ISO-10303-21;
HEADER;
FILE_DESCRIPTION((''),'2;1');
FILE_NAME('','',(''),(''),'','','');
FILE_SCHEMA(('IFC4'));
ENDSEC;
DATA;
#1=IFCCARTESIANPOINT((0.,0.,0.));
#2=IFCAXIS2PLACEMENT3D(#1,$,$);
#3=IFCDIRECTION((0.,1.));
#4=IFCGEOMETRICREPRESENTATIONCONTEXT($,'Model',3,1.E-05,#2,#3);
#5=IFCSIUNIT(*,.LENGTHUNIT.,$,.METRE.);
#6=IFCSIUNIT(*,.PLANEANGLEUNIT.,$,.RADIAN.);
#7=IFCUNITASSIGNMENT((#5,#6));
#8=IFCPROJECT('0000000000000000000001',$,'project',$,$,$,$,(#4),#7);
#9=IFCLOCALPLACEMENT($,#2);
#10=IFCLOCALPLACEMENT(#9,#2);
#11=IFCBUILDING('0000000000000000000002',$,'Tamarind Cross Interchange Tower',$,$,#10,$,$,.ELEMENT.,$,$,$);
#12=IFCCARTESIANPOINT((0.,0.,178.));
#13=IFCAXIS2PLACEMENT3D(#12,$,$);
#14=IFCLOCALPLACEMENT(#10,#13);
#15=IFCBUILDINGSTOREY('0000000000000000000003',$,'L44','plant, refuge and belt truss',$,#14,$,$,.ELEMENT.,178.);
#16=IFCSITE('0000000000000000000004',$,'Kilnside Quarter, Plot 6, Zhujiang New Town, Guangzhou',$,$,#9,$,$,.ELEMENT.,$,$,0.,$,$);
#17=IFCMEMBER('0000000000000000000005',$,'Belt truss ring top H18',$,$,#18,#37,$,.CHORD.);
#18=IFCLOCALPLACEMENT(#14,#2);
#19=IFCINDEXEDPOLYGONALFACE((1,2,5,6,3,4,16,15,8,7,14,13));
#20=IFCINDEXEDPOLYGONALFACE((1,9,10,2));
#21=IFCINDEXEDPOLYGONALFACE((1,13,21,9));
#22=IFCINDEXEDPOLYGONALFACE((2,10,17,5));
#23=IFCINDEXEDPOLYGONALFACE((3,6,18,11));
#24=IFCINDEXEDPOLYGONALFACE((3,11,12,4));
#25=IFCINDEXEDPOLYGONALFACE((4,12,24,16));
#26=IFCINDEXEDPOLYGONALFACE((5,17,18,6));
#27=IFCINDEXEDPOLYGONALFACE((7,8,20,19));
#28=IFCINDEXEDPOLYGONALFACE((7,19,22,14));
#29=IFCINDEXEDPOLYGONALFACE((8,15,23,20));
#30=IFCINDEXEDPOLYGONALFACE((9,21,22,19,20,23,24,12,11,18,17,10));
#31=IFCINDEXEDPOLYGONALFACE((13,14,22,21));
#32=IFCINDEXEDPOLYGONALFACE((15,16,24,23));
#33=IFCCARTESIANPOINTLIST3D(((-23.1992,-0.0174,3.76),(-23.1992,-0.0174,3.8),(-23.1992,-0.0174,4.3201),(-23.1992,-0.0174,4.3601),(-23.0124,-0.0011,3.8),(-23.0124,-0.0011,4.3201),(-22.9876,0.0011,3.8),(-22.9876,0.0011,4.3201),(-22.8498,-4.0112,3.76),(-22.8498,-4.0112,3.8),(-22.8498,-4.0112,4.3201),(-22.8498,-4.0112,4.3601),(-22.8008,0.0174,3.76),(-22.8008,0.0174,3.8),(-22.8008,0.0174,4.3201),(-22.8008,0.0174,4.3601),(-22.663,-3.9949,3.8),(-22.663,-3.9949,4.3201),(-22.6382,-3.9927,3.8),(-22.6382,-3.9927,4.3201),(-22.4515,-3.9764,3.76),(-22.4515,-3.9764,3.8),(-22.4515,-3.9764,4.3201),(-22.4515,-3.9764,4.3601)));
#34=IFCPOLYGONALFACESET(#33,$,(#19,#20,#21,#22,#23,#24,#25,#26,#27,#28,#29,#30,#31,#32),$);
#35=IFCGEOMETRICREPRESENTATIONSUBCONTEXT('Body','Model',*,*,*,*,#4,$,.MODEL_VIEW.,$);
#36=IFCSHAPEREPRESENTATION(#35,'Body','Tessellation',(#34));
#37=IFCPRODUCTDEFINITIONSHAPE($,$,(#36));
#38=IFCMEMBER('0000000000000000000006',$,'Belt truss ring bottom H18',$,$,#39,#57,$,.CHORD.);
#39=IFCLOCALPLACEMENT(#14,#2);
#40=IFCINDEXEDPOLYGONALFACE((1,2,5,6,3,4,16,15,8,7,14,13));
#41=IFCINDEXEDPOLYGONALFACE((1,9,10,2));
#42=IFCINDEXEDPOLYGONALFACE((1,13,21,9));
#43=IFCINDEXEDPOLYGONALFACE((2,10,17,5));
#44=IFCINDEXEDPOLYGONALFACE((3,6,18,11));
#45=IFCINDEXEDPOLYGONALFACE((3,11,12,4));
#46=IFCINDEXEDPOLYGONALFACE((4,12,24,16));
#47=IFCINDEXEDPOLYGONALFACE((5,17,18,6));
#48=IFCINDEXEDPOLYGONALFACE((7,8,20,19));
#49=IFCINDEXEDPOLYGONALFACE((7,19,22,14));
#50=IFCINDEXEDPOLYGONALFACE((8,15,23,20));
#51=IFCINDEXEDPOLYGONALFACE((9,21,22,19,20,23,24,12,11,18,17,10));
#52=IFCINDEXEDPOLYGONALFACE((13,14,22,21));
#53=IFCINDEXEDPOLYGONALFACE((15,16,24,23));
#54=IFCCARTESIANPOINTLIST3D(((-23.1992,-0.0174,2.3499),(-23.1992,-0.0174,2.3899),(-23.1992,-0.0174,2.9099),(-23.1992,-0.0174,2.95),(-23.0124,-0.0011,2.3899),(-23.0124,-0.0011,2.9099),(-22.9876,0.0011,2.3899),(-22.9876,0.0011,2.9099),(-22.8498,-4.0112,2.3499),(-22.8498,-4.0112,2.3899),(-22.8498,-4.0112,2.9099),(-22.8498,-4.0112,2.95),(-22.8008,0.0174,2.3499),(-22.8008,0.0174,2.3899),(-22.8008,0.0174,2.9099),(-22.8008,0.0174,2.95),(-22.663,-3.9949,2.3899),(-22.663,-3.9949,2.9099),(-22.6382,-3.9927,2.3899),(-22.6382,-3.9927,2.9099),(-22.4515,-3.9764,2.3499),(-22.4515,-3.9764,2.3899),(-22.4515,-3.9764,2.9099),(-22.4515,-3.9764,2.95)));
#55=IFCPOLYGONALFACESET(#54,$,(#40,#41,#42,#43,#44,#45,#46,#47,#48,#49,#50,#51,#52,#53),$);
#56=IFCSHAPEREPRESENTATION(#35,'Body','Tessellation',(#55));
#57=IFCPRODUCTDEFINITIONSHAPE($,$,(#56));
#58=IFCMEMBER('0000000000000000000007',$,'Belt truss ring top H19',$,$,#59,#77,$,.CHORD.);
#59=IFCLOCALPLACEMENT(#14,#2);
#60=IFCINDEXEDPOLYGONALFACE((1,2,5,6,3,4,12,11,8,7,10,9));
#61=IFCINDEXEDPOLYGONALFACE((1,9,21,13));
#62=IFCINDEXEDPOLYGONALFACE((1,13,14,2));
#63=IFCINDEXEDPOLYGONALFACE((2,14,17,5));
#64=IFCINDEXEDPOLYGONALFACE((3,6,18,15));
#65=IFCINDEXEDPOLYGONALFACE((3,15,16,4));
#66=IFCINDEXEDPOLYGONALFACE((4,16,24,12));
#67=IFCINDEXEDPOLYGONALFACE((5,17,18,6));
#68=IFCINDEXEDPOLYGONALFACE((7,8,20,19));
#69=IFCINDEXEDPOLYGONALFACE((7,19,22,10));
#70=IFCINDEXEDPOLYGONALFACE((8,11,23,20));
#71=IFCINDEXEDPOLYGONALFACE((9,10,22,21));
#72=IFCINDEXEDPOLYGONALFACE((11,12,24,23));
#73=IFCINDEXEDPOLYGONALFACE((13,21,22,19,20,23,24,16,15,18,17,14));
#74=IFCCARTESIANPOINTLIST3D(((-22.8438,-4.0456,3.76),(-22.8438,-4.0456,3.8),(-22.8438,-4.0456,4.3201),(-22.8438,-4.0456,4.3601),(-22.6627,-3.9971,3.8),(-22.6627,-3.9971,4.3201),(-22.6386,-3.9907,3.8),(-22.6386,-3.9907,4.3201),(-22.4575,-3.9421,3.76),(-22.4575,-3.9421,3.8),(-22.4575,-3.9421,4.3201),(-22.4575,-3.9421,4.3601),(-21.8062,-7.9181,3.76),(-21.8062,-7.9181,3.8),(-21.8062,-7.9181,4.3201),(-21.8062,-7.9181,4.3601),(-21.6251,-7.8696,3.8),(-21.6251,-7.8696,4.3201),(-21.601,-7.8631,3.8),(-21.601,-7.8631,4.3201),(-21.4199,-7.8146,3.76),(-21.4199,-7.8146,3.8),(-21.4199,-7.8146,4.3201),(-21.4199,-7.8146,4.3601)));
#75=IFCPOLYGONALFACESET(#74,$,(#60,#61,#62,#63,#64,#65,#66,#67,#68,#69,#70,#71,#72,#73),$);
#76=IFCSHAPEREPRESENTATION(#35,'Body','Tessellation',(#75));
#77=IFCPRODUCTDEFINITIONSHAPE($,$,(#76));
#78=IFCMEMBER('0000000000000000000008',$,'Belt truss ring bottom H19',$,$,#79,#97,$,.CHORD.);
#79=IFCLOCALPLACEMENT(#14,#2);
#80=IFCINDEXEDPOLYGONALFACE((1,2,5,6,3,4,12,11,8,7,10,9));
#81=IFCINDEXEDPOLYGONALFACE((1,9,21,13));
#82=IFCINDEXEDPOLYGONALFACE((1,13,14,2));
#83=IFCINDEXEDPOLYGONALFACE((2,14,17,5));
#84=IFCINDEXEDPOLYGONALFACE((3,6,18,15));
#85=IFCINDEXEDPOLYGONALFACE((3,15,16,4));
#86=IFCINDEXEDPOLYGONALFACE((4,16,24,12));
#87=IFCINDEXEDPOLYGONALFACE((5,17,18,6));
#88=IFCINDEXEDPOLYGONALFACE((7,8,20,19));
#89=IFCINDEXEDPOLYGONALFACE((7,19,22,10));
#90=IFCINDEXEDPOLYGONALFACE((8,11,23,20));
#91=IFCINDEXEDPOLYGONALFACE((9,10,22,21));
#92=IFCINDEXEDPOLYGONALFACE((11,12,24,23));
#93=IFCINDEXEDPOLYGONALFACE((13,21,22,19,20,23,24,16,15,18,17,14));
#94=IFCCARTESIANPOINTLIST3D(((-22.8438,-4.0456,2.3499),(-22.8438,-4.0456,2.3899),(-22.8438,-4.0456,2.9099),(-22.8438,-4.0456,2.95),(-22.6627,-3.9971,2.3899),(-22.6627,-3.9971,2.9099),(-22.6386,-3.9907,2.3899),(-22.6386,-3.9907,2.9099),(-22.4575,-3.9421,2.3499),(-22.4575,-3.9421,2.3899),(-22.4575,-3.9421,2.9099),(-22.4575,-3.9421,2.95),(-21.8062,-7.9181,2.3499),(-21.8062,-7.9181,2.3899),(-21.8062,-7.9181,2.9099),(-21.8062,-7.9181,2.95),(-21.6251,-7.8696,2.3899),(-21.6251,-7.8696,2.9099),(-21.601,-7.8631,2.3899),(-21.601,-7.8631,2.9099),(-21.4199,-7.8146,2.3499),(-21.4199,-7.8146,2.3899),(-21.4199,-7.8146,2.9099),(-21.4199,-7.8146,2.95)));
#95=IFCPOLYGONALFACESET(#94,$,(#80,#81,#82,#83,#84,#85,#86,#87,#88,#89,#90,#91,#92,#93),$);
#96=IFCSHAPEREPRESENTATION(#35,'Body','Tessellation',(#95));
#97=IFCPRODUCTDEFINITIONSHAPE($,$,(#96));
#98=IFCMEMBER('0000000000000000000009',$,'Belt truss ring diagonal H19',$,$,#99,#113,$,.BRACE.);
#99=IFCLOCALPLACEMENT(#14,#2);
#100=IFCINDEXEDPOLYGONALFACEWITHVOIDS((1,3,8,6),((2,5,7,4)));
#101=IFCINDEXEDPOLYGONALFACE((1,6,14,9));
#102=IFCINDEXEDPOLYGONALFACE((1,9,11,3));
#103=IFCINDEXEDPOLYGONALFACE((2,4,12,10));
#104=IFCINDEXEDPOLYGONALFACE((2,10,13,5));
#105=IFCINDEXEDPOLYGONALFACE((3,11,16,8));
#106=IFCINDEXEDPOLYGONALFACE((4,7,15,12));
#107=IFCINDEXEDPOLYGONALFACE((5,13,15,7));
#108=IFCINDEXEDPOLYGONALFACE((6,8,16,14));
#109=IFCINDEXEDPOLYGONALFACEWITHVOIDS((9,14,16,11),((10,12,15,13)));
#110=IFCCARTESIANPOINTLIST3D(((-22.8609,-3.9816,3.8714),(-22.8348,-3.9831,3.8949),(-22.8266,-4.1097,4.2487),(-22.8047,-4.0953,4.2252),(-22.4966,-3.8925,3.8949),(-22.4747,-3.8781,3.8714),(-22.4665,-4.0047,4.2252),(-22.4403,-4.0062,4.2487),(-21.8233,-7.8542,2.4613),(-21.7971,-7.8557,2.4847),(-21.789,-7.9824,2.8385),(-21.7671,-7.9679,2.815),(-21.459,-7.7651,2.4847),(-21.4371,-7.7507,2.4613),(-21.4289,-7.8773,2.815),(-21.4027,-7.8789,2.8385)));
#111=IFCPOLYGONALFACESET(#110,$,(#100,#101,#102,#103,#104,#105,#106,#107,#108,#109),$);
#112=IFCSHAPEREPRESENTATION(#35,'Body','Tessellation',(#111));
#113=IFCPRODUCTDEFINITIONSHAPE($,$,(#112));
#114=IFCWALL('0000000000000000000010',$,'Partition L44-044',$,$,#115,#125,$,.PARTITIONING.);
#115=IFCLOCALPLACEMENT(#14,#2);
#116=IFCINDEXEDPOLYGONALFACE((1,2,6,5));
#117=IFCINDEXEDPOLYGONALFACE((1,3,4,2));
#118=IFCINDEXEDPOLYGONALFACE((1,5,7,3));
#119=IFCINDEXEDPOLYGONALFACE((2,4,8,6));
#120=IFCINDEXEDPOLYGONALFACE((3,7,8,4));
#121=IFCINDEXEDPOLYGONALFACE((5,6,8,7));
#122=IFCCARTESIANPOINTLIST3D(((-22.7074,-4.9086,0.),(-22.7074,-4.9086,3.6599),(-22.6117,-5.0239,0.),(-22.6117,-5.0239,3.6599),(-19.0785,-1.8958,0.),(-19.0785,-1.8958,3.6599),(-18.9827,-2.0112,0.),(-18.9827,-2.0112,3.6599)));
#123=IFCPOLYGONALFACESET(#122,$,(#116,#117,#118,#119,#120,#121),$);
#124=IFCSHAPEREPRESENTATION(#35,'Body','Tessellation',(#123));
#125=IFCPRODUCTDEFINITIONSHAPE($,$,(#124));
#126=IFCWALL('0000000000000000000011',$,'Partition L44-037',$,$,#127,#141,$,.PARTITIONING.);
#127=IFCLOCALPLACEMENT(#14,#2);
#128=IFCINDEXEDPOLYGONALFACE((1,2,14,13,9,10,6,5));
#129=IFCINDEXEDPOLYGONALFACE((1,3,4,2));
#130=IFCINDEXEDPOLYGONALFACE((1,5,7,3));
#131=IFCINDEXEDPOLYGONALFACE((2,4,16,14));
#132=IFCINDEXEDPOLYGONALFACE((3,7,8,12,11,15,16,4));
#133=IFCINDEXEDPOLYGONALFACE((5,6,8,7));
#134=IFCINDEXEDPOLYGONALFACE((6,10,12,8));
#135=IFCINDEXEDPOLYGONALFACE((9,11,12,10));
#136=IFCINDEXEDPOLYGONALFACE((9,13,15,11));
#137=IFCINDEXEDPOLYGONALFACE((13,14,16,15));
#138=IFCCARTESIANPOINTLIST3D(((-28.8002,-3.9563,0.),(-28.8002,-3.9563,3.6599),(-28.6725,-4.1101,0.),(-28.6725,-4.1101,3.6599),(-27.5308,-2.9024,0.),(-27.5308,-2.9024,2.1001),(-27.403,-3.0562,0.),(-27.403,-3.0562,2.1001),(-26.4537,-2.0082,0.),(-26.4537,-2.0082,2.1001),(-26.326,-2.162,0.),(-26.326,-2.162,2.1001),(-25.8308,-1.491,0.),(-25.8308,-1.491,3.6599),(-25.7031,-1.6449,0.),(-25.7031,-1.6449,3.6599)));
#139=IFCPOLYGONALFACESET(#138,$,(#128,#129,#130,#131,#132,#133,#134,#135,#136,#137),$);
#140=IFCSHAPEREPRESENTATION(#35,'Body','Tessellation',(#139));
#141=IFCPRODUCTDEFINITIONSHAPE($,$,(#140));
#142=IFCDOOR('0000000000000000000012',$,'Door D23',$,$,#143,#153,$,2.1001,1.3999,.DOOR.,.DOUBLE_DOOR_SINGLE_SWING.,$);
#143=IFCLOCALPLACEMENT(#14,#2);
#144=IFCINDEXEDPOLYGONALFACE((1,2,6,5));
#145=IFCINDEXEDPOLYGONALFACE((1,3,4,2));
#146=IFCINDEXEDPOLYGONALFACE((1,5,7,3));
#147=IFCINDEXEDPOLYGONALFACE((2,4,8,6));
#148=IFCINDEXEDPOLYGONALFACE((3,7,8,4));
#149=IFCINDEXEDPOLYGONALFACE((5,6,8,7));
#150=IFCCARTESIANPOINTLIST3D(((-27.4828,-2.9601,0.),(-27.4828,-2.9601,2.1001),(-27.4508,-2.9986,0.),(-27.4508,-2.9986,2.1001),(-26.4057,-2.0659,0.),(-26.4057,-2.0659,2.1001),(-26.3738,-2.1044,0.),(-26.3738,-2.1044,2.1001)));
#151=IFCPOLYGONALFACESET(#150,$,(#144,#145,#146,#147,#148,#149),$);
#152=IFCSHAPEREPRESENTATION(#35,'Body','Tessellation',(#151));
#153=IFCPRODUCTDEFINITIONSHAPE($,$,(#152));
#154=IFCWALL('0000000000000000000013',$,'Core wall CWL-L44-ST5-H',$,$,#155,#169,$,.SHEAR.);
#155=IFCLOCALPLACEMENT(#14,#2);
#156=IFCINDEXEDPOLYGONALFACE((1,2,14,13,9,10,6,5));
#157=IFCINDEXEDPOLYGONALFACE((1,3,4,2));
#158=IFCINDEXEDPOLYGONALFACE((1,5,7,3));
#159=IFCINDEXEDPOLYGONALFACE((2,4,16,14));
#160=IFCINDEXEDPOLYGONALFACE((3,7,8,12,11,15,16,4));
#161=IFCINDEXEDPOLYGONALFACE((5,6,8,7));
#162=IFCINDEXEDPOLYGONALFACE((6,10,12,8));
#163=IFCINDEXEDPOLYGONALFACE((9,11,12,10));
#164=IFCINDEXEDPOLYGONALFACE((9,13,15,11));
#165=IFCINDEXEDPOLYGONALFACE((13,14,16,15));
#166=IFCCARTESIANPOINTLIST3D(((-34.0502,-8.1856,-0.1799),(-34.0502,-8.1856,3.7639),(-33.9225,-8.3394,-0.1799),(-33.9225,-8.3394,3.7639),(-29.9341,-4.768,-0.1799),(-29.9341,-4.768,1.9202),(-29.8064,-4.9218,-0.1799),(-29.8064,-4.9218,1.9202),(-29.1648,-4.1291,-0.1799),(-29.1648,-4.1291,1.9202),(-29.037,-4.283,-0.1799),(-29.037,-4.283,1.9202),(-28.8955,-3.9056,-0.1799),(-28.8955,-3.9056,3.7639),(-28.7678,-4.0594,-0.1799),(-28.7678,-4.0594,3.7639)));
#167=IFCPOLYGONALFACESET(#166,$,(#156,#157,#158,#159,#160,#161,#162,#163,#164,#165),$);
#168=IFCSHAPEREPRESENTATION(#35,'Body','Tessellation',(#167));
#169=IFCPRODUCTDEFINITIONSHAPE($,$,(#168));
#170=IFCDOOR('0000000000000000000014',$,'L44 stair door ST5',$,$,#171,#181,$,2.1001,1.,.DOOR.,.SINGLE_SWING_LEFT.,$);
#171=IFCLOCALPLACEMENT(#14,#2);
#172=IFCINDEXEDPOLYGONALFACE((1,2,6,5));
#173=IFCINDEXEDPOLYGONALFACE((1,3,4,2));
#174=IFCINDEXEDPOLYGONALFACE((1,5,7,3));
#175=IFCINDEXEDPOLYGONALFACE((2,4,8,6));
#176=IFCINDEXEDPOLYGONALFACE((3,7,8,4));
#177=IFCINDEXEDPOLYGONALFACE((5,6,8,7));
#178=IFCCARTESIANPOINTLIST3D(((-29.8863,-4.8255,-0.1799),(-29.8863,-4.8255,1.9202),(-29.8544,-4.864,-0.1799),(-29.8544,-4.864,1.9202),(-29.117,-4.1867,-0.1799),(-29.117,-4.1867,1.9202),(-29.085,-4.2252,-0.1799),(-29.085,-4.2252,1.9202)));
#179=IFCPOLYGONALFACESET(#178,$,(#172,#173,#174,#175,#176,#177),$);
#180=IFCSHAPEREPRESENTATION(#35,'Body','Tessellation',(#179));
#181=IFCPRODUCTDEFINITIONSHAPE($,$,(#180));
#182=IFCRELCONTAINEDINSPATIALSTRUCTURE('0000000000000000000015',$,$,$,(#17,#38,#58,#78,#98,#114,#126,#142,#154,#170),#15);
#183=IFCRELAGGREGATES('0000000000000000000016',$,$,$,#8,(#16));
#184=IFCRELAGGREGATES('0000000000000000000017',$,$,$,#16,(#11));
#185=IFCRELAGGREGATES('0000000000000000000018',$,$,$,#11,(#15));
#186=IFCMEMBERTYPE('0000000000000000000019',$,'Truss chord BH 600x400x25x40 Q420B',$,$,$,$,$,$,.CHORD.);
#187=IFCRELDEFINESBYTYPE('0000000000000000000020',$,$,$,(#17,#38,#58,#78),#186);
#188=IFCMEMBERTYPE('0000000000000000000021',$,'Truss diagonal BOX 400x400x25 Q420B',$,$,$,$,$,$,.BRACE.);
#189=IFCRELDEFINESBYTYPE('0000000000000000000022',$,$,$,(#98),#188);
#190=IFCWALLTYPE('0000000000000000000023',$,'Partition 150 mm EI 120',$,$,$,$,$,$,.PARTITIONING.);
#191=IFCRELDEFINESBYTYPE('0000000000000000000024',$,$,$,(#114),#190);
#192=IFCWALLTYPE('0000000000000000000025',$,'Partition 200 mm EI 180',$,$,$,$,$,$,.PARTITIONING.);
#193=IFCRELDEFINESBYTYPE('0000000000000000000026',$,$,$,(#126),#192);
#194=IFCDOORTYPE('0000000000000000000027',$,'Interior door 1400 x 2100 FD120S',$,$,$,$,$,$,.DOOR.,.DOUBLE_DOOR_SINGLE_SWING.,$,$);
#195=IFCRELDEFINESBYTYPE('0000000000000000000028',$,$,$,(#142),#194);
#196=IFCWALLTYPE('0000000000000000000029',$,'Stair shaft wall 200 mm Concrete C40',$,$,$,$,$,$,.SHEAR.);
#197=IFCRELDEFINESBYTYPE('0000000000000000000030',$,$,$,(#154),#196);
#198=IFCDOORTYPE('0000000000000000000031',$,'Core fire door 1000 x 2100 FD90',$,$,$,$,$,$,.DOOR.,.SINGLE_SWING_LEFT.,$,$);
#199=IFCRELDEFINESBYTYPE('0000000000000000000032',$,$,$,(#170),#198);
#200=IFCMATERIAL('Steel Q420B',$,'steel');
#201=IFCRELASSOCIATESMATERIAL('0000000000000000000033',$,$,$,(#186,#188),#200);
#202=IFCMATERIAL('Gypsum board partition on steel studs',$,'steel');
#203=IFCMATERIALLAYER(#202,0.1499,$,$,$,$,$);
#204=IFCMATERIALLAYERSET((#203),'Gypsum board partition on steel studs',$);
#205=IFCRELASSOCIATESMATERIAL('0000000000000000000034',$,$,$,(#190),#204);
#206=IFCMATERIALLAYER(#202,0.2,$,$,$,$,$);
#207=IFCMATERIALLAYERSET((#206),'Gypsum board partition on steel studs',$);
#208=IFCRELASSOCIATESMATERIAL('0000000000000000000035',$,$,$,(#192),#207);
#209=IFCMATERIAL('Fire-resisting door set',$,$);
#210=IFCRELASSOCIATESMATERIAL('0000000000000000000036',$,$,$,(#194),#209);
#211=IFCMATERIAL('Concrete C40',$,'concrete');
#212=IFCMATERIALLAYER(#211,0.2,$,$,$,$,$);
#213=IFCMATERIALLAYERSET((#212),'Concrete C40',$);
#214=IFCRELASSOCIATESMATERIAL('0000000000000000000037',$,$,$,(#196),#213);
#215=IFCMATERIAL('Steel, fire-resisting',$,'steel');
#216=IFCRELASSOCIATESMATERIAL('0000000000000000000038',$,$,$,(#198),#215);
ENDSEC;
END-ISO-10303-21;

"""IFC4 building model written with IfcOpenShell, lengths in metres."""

from ifc_helpers import new_model, si_unit, direction, frame, frame_2d, origin, origin_2d, place, context, subcontext, project, spatial, rectangle, hollow_rectangle, i_section, extrude, material, layer, layer_set, material_profile, profile_set, type_object, element, fill, save


model = new_model("IFC4")

# Units and contexts
model_context = context("Model", 3, precision=1e-05, world=origin(), true_north=direction((0.0, 1.0)))
body_context = subcontext(model_context, "Body", "Model", "MODEL_VIEW")
ifc_project = project(units=[si_unit("LENGTHUNIT", "METRE"), si_unit("PLANEANGLEUNIT", "RADIAN")], contexts=[model_context])

# Site, building, storey
site_placement = place(None, origin())
site = spatial("IfcSite", under=ifc_project, at=site_placement, Name="Kilnside Quarter, Plot 6, Zhujiang New Town, Guangzhou", CompositionType="ELEMENT", RefElevation=0.0)
building_placement = place(site_placement, origin())
building = spatial("IfcBuilding", under=site, at=building_placement, Name="Tamarind Cross Interchange Tower", CompositionType="ELEMENT")
storey_placement = place(building_placement, frame((0.0, 0.0, 178.0)))
storey = spatial("IfcBuildingStorey", under=building, at=storey_placement, Name="L44", Description="plant, refuge and belt truss", CompositionType="ELEMENT", Elevation=178.0)

# Members
ifc_material_1 = material(Name="Steel Q420B", Category="steel")
ifc_material_profile_1 = material_profile(ifc_material_1, i_section(OverallWidth=0.3999, OverallDepth=0.6001, WebThickness=0.0249, FlangeThickness=0.04, at=origin_2d()), Name="BH 600x400x25x40")
ifc_profile_set_1 = profile_set([ifc_material_profile_1], Name="Steel Q420B")
member_type_1 = type_object("IfcMemberType", Name="Truss chord BH 600x400x25x40 Q420B", PredefinedType="CHORD", material=ifc_profile_set_1)
for number, where, z_axis, x_axis, name in (
    (1, (-23.0, 0.0, 4.0601), (0.087142, -0.996196, 0.0), (0.996196, 0.087142, 0.0), "Belt truss ring top H18"),
    (2, (-23.0, 0.0, 2.6499), (0.087142, -0.996196, 0.0), (0.996196, 0.087142, 0.0), "Belt truss ring bottom H18"),
    (3, (-22.6506, -3.9939, 4.0601), (0.258807, -0.965929, 0.0), (0.965929, 0.258807, 0.0), "Belt truss ring top H19"),
    (4, (-22.6506, -3.9939, 2.6499), (0.258807, -0.965929, 0.0), (0.965929, 0.258807, 0.0), "Belt truss ring bottom H19"),
):
    element("IfcMember", number, at=place(storey_placement, frame(where, z_axis=z_axis, x_axis=x_axis)), inside=storey, type_object=member_type_1, Name=name, PredefinedType="CHORD", context=body_context, shape_type="SweptSolid", body=[
        extrude(i_section(OverallWidth=0.3999, OverallDepth=0.6001, WebThickness=0.0249, FlangeThickness=0.04, at=origin_2d()), origin(), (0.0, 0.0, 1.0), 4.009),
    ])
ifc_material_profile_2 = material_profile(ifc_material_1, hollow_rectangle(XDim=0.3999, YDim=0.3999, WallThickness=0.0249, at=origin_2d()), Name="BOX 400x400x25")
ifc_profile_set_2 = profile_set([ifc_material_profile_2], Name="Steel Q420B")
member_type_2 = type_object("IfcMemberType", Name="Truss diagonal BOX 400x400x25 Q420B", PredefinedType="BRACE", material=ifc_profile_set_2)
member_placement = place(storey_placement, frame((-22.6506, -3.9939, 4.0601), z_axis=(0.244145, -0.911206, -0.331807), x_axis=(0.965929, 0.258807, 0.0)))
element("IfcMember", 5, at=member_placement, inside=storey, type_object=member_type_2, Name="Belt truss ring diagonal H19", PredefinedType="BRACE", context=body_context, shape_type="SweptSolid", body=[
    extrude(hollow_rectangle(XDim=0.3999, YDim=0.3999, WallThickness=0.0249, at=origin_2d()), origin(), (0.0, 0.0, 1.0), 4.25),
])

# Wall
ifc_material_2 = material(Name="Gypsum board partition on steel studs", Category="steel")
ifc_layer_1 = layer(ifc_material_2, 0.1499)
ifc_layer_set_1 = layer_set([ifc_layer_1], Name="Gypsum board partition on steel studs")
wall_type_1 = type_object("IfcWallType", Name="Partition 150 mm EI 120", PredefinedType="PARTITIONING", material=ifc_layer_set_1)
wall_1_placement = place(storey_placement, frame((-22.6597, -4.9663, 0.0), z_axis=(0.0, 0.0, 1.0), x_axis=(0.769408, 0.638758, 0.0)))
element("IfcWall", 6, at=wall_1_placement, inside=storey, type_object=wall_type_1, Name="Partition L44-044", PredefinedType="PARTITIONING", context=body_context, shape_type="SweptSolid", body=[
    extrude(rectangle(XDim=4.7166, YDim=0.1499, at=frame_2d((2.3584, 0.0))), origin(), (0.0, 0.0, 1.0), 3.6599),
])

# Walls, openings, doors
ifc_layer_2 = layer(ifc_material_2, 0.2)
ifc_layer_set_2 = layer_set([ifc_layer_2], Name="Gypsum board partition on steel studs")
wall_type_2 = type_object("IfcWallType", Name="Partition 200 mm EI 180", PredefinedType="PARTITIONING", material=ifc_layer_set_2)
wall_2_placement = place(storey_placement, frame((-28.7363, -4.0332, 0.0), z_axis=(0.0, 0.0, 1.0), x_axis=(0.769397, 0.638771, 0.0)))
wall_2 = element("IfcWall", 7, at=wall_2_placement, inside=storey, type_object=wall_type_2, Name="Partition L44-037", PredefinedType="PARTITIONING", context=body_context, shape_type="SweptSolid", body=[
    extrude(rectangle(XDim=3.8594, YDim=0.2, at=frame_2d((1.9297, 0.0))), origin(), (0.0, 0.0, 1.0), 3.6599),
])
opening_1_placement = place(wall_2_placement, frame((1.6499, 0.0, 0.0)))
opening_1 = element("IfcOpeningElement", 8, at=opening_1_placement, cuts=wall_2, PredefinedType="OPENING", context=body_context, shape_type="SweptSolid", body=[
    extrude(rectangle(XDim=1.3999, YDim=2.1001, at=frame_2d((0.7, 1.05))), frame((0.0, 0.1099, 0.0), z_axis=(0.0, -1.0, 0.0), x_axis=(1.0, 0.0, 0.0)), (0.0, 0.0, 1.0), 0.22),
])
ifc_material_3 = material(Name="Fire-resisting door set")
door_type_1 = type_object("IfcDoorType", Name="Interior door 1400 x 2100 FD120S", OperationType="DOUBLE_DOOR_SINGLE_SWING", PredefinedType="DOOR", material=ifc_material_3)
door_1_placement = place(opening_1_placement, origin())
door_1 = element("IfcDoor", 9, at=door_1_placement, inside=storey, type_object=door_type_1, Name="Door D23", OperationType="DOUBLE_DOOR_SINGLE_SWING", OverallHeight=2.1001, OverallWidth=1.3999, PredefinedType="DOOR", context=body_context, shape_type="SweptSolid", body=[
    extrude(rectangle(XDim=1.3999, YDim=2.1001, at=frame_2d((0.7, 1.05))), frame((0.0, 0.0249, 0.0), z_axis=(0.0, -1.0, 0.0), x_axis=(1.0, 0.0, 0.0)), (0.0, 0.0, 1.0), 0.05),
])
fill(opening_1, door_1)
ifc_material_4 = material(Name="Concrete C40", Category="concrete")
ifc_layer_3 = layer(ifc_material_4, 0.2)
ifc_layer_set_3 = layer_set([ifc_layer_3], Name="Concrete C40")
wall_type_3 = type_object("IfcWallType", Name="Stair shaft wall 200 mm Concrete C40", PredefinedType="SHEAR", material=ifc_layer_set_3)
wall_3_placement = place(storey_placement, frame((-28.8315, -3.9824, -0.1799), z_axis=(0.0, 0.0, 1.0), x_axis=(-0.769367, -0.638807, 0.0)))
wall_3 = element("IfcWall", 10, at=wall_3_placement, inside=storey, type_object=wall_type_3, Name="Core wall CWL-L44-ST5-H", PredefinedType="SHEAR", context=body_context, shape_type="SweptSolid", body=[
    extrude(rectangle(XDim=6.7, YDim=0.2, at=frame_2d((3.3501, 0.0))), origin(), (0.0, 0.0, 1.0), 3.9438),
])
opening_2_placement = place(wall_3_placement, frame((0.3501, 0.0, 0.0)))
opening_2 = element("IfcOpeningElement", 11, at=opening_2_placement, cuts=wall_3, PredefinedType="OPENING", context=body_context, shape_type="SweptSolid", body=[
    extrude(rectangle(XDim=1.0, YDim=2.1001, at=frame_2d((0.5, 1.05))), frame((0.0, 0.1099, 0.0), z_axis=(0.0, -1.0, 0.0), x_axis=(1.0, 0.0, 0.0)), (0.0, 0.0, 1.0), 0.22),
])
ifc_material_5 = material(Name="Steel, fire-resisting", Category="steel")
door_type_2 = type_object("IfcDoorType", Name="Core fire door 1000 x 2100 FD90", OperationType="SINGLE_SWING_LEFT", PredefinedType="DOOR", material=ifc_material_5)
door_2_placement = place(opening_2_placement, origin())
door_2 = element("IfcDoor", 12, at=door_2_placement, inside=storey, type_object=door_type_2, Name="L44 stair door ST5", OperationType="SINGLE_SWING_LEFT", OverallHeight=2.1001, OverallWidth=1.0, PredefinedType="DOOR", context=body_context, shape_type="SweptSolid", body=[
    extrude(rectangle(XDim=1.0, YDim=2.1001, at=frame_2d((0.5, 1.05))), frame((0.0, 0.0249, 0.0), z_axis=(0.0, -1.0, 0.0), x_axis=(1.0, 0.0, 0.0)), (0.0, 0.0, 1.0), 0.05),
])
fill(opening_2, door_2)

save(model, "model.ifc")
